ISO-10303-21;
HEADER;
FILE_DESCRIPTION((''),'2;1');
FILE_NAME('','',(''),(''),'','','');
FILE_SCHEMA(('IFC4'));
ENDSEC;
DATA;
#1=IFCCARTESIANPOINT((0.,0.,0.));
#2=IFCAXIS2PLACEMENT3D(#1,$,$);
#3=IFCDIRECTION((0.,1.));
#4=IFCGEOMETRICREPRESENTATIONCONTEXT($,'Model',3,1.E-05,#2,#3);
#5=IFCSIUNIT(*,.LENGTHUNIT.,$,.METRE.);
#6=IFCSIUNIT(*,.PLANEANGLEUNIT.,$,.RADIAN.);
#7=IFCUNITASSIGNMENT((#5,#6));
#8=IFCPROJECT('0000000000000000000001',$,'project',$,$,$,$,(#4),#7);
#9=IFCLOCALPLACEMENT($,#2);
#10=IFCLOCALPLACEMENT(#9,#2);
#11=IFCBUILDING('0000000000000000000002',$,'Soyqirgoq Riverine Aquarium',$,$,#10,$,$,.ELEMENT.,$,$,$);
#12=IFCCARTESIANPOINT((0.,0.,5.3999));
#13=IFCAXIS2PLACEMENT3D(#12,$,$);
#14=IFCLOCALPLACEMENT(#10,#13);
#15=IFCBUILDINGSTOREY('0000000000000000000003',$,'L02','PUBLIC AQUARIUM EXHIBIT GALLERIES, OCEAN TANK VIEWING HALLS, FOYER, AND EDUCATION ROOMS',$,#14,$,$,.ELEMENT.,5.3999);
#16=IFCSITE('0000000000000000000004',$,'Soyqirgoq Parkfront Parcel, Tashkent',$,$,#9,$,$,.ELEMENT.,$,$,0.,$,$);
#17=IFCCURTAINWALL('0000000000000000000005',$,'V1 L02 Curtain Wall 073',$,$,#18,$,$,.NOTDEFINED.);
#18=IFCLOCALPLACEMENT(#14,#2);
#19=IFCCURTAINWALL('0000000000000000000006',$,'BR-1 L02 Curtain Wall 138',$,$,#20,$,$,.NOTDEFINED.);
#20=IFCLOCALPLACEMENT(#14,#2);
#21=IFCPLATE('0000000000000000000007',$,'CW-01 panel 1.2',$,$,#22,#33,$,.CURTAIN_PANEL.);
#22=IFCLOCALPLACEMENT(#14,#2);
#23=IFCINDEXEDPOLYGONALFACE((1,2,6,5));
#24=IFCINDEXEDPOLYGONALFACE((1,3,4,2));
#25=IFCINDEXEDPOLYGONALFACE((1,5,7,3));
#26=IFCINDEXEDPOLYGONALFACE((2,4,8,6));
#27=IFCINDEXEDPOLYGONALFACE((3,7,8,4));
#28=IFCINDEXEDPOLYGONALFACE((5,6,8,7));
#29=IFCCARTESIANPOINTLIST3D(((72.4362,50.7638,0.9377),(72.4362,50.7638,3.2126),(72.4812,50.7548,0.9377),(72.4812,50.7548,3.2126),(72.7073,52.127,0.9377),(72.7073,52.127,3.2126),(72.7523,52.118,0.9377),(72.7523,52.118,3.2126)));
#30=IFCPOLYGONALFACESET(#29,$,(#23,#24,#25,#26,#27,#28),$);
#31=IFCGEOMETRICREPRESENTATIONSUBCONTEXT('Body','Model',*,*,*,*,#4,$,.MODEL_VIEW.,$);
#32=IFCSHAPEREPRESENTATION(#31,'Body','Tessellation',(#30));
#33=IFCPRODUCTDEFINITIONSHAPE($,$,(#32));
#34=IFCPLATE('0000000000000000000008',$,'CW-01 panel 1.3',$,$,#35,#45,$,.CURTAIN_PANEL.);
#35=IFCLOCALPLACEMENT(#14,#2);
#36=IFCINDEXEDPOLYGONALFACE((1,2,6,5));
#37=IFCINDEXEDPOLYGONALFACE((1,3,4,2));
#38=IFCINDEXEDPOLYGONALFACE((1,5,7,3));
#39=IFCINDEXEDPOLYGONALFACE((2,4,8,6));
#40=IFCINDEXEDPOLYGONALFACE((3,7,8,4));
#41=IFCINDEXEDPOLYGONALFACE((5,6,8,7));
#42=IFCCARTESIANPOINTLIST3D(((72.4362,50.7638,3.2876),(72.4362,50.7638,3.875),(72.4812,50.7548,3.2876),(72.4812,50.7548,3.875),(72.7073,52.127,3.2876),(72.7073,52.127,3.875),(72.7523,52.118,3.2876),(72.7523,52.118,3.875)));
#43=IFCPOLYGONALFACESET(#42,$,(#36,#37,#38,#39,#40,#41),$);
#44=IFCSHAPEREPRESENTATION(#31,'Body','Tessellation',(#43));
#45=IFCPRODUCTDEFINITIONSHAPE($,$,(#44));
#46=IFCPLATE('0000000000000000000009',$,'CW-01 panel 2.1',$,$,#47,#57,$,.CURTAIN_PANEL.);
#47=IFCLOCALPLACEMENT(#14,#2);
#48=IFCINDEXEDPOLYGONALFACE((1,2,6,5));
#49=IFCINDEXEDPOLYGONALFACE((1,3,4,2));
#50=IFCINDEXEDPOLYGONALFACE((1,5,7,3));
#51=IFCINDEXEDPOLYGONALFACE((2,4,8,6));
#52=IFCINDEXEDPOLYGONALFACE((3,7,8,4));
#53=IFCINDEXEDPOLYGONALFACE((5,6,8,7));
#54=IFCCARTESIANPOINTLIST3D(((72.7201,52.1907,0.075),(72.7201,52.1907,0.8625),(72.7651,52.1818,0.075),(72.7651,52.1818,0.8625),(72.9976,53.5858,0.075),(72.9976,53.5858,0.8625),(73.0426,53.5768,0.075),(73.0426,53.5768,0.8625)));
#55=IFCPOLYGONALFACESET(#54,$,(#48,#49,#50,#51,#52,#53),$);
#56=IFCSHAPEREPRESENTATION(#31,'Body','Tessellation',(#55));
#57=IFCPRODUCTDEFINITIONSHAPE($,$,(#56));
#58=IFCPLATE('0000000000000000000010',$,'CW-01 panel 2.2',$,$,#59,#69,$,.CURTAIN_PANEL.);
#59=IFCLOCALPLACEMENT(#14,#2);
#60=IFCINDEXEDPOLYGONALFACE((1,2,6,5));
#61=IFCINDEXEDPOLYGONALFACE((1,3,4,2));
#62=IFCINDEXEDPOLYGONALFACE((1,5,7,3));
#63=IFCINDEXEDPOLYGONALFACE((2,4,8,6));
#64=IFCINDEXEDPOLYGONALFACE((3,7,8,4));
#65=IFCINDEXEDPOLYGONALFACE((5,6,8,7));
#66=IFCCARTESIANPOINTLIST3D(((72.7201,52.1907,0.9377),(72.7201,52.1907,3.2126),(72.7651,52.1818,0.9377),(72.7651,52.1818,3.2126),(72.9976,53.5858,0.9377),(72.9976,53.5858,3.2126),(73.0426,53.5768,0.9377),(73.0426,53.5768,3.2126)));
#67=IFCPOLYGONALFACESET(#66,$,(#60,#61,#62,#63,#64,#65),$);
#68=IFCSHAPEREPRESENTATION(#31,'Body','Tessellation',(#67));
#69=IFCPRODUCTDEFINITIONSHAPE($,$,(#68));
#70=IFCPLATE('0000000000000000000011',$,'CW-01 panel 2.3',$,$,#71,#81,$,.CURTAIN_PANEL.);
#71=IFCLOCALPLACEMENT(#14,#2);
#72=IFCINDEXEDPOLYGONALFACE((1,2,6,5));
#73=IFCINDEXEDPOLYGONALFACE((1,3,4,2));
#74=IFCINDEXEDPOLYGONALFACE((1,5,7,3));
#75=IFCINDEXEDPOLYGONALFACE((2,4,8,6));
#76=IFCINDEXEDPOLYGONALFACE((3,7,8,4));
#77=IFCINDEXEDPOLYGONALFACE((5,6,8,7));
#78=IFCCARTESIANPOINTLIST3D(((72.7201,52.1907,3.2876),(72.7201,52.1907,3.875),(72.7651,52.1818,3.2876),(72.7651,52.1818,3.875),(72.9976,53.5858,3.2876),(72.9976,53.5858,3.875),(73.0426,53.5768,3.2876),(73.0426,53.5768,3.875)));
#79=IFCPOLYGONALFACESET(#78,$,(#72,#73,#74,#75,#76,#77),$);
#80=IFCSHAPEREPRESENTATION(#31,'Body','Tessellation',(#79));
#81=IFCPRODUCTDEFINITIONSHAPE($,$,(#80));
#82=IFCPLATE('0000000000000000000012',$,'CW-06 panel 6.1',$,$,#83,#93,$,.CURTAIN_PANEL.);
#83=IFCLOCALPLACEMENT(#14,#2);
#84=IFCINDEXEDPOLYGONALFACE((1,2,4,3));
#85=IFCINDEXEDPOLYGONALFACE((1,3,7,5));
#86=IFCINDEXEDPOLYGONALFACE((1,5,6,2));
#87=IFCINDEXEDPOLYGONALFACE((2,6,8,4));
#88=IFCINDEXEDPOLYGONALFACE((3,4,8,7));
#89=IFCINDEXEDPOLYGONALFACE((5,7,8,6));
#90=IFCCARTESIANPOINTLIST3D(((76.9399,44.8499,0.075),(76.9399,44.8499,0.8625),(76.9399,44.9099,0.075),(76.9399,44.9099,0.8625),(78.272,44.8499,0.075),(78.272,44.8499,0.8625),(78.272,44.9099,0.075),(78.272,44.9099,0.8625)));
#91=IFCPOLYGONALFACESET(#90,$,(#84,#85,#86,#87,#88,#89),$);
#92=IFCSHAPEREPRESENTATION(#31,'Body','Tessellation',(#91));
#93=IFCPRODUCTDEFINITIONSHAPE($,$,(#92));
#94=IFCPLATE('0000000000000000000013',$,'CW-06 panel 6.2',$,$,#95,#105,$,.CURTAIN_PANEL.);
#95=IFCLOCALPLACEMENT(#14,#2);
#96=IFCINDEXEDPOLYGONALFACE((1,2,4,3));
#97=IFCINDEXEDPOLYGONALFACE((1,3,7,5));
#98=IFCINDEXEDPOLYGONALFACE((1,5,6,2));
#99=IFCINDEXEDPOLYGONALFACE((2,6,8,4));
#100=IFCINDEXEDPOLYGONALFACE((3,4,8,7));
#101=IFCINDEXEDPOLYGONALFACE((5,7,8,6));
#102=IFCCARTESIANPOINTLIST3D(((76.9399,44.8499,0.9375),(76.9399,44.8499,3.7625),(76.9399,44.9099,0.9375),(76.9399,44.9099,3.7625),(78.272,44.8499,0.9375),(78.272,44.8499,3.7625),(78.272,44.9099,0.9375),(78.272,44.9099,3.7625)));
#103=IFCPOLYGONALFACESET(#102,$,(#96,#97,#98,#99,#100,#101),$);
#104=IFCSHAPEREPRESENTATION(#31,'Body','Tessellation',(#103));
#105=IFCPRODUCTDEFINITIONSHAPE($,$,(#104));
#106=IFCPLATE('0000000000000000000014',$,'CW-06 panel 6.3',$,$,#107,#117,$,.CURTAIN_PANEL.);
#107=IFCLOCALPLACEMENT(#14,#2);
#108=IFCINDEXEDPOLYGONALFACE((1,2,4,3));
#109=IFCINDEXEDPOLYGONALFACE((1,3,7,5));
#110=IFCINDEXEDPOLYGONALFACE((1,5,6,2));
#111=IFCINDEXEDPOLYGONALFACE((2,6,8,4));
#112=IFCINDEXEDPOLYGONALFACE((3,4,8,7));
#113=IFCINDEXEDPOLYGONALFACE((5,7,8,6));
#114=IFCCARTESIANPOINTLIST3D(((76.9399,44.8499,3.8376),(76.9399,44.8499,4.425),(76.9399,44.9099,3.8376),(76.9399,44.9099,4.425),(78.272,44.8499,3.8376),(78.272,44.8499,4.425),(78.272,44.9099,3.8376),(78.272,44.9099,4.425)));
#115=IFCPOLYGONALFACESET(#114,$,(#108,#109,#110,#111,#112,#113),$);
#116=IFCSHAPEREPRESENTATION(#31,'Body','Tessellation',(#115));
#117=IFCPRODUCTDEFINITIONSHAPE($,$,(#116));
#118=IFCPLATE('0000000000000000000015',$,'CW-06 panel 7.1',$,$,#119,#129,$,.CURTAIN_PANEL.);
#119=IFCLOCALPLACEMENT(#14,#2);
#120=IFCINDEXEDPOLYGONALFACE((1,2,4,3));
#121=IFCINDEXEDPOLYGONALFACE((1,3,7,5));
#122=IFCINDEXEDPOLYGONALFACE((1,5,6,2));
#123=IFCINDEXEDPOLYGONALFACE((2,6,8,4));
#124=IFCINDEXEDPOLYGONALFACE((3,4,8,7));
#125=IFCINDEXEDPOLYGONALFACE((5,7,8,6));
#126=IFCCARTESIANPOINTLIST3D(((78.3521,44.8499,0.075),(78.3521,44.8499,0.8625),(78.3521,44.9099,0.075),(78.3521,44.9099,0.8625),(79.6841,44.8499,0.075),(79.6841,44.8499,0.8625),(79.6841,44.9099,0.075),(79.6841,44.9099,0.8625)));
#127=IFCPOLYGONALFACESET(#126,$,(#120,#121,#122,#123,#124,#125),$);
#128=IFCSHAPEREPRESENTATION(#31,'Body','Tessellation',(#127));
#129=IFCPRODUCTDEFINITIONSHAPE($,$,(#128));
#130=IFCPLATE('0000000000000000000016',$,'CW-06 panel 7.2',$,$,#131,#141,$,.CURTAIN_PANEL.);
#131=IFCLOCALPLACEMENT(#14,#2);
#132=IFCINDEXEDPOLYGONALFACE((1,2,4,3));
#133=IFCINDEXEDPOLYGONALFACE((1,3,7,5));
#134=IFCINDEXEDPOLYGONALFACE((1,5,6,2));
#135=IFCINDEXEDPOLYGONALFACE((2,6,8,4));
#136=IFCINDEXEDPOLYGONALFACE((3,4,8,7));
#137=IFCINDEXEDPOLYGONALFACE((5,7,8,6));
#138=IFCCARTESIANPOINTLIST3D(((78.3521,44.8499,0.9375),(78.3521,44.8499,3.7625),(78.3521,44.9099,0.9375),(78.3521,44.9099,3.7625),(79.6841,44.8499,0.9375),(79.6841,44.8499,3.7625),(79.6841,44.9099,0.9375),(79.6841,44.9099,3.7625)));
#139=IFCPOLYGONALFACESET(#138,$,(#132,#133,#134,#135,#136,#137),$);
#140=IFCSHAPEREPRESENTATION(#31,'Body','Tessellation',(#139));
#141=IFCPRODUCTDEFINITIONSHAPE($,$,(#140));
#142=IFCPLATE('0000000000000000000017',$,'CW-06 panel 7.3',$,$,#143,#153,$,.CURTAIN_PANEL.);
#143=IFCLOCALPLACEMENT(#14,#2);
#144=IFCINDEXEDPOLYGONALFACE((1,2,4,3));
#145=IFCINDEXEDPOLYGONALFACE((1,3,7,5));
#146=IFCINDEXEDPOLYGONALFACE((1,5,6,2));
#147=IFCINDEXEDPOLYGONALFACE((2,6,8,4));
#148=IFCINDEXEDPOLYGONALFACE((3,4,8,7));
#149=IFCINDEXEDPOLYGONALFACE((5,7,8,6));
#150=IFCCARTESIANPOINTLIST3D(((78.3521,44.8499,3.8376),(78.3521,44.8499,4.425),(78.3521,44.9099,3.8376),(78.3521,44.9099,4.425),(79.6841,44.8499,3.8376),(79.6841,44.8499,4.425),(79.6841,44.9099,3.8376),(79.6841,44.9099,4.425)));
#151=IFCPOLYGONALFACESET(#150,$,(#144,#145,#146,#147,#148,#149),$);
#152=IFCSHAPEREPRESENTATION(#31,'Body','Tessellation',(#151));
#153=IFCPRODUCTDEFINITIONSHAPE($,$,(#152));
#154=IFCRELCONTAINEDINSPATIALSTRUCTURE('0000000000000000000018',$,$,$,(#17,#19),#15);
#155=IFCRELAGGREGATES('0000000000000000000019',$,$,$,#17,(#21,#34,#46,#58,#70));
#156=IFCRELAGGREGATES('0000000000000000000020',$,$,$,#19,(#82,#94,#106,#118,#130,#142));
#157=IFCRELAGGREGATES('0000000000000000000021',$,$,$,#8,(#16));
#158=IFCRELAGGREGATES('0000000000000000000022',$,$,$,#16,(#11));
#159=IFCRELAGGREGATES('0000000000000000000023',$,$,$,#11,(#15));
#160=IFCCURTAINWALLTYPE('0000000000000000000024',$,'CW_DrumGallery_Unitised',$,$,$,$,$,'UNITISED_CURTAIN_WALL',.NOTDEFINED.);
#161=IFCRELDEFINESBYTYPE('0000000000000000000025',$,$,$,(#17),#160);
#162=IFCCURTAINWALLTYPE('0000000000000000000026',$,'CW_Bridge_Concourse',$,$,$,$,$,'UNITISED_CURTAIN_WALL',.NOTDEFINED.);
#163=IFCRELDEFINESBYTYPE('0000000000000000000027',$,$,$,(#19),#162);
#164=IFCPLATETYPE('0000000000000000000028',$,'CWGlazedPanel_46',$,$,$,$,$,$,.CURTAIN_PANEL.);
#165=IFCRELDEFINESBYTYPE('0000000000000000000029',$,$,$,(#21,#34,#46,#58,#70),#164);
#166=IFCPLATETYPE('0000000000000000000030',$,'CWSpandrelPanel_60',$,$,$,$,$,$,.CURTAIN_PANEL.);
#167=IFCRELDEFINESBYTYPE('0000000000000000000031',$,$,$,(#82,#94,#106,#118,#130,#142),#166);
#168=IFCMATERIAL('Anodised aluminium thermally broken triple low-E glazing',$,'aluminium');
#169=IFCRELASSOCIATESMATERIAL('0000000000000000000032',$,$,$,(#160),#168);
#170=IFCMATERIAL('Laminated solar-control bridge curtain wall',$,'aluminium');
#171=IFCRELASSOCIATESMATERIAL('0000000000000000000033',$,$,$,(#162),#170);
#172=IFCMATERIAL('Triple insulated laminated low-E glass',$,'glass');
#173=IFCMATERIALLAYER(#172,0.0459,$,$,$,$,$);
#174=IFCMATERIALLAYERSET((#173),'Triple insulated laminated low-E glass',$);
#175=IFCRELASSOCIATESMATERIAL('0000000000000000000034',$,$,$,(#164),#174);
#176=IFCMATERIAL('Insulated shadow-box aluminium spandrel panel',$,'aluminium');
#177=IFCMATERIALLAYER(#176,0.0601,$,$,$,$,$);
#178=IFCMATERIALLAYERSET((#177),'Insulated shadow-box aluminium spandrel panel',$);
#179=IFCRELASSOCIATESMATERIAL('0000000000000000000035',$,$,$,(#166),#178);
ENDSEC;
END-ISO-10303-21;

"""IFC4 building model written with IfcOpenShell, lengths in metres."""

from ifc_helpers import new_model, si_unit, direction, frame, origin, origin_2d, place, context, subcontext, project, spatial, rectangle, extrude, material, layer, layer_set, type_object, element, aggregate, save


model = new_model("IFC4")

# Units and contexts
model_context = context("Model", 3, precision=1e-05, world=origin(), true_north=direction((0.0, 1.0)))
body_context = subcontext(model_context, "Body", "Model", "MODEL_VIEW")
ifc_project = project(units=[si_unit("LENGTHUNIT", "METRE"), si_unit("PLANEANGLEUNIT", "RADIAN")], contexts=[model_context])

# Site, building, storey
site_placement = place(None, origin())
site = spatial("IfcSite", under=ifc_project, at=site_placement, Name="Soyqirgoq Parkfront Parcel, Tashkent", CompositionType="ELEMENT", RefElevation=0.0)
building_placement = place(site_placement, origin())
building = spatial("IfcBuilding", under=site, at=building_placement, Name="Soyqirgoq Riverine Aquarium", CompositionType="ELEMENT")
storey_placement = place(building_placement, frame((0.0, 0.0, 5.3999)))
storey = spatial("IfcBuildingStorey", under=building, at=storey_placement, Name="L02", Description="PUBLIC AQUARIUM EXHIBIT GALLERIES, OCEAN TANK VIEWING HALLS, FOYER, AND EDUCATION ROOMS", CompositionType="ELEMENT", Elevation=5.3999)

# Curtain walls
ifc_material_1 = material(Name="Anodised aluminium thermally broken triple low-E glazing", Category="aluminium")
curtain_wall_type_1 = type_object("IfcCurtainWallType", Name="CW_DrumGallery_Unitised", ElementType="UNITISED_CURTAIN_WALL", PredefinedType="NOTDEFINED", material=ifc_material_1)
curtain_wall_1_placement = place(storey_placement, origin())
curtain_wall_1 = element("IfcCurtainWall", 1, at=curtain_wall_1_placement, inside=storey, type_object=curtain_wall_type_1, Name="V1 L02 Curtain Wall 073", PredefinedType="NOTDEFINED")
ifc_material_2 = material(Name="Laminated solar-control bridge curtain wall", Category="aluminium")
curtain_wall_type_2 = type_object("IfcCurtainWallType", Name="CW_Bridge_Concourse", ElementType="UNITISED_CURTAIN_WALL", PredefinedType="NOTDEFINED", material=ifc_material_2)
curtain_wall_2_placement = place(storey_placement, origin())
curtain_wall_2 = element("IfcCurtainWall", 2, at=curtain_wall_2_placement, inside=storey, type_object=curtain_wall_type_2, Name="BR-1 L02 Curtain Wall 138", PredefinedType="NOTDEFINED")

# Plates
ifc_material_3 = material(Name="Triple insulated laminated low-E glass", Category="glass")
ifc_layer_1 = layer(ifc_material_3, 0.0459)
ifc_layer_set_1 = layer_set([ifc_layer_1], Name="Triple insulated laminated low-E glass")
plate_type_1 = type_object("IfcPlateType", Name="CWGlazedPanel_46", PredefinedType="CURTAIN_PANEL", material=ifc_layer_set_1)
plate_1_placement = place(storey_placement, frame((72.5942, 51.4409, 0.9377), z_axis=(0.0, 0.0, 1.0), x_axis=(0.195088, 0.980786, 0.0)))
plate_1 = element("IfcPlate", 3, at=plate_1_placement, type_object=plate_type_1, Name="CW-01 panel 1.2", PredefinedType="CURTAIN_PANEL", context=body_context, shape_type="SweptSolid", body=[
    extrude(rectangle(XDim=1.3899, YDim=0.0459, at=origin_2d()), origin(), (0.0, 0.0, 1.0), 2.2749),
])
plate_2_placement = place(storey_placement, frame((72.5942, 51.4409, 3.2876), z_axis=(0.0, 0.0, 1.0), x_axis=(0.195088, 0.980786, 0.0)))
plate_2 = element("IfcPlate", 4, at=plate_2_placement, type_object=plate_type_1, Name="CW-01 panel 1.3", PredefinedType="CURTAIN_PANEL", context=body_context, shape_type="SweptSolid", body=[
    extrude(rectangle(XDim=1.3899, YDim=0.0459, at=origin_2d()), origin(), (0.0, 0.0, 1.0), 0.5874),
])
plate_3_placement = place(storey_placement, frame((72.8813, 52.8838, 0.075), z_axis=(0.0, 0.0, 1.0), x_axis=(0.195088, 0.980786, 0.0)))
plate_3 = element("IfcPlate", 5, at=plate_3_placement, type_object=plate_type_1, Name="CW-01 panel 2.1", PredefinedType="CURTAIN_PANEL", context=body_context, shape_type="SweptSolid", body=[
    extrude(rectangle(XDim=1.4224, YDim=0.0459, at=origin_2d()), origin(), (0.0, 0.0, 1.0), 0.7876),
])
plate_4_placement = place(storey_placement, frame((72.8813, 52.8838, 0.9377), z_axis=(0.0, 0.0, 1.0), x_axis=(0.195088, 0.980786, 0.0)))
plate_4 = element("IfcPlate", 6, at=plate_4_placement, type_object=plate_type_1, Name="CW-01 panel 2.2", PredefinedType="CURTAIN_PANEL", context=body_context, shape_type="SweptSolid", body=[
    extrude(rectangle(XDim=1.4224, YDim=0.0459, at=origin_2d()), origin(), (0.0, 0.0, 1.0), 2.2749),
])
plate_5_placement = place(storey_placement, frame((72.8813, 52.8838, 3.2876), z_axis=(0.0, 0.0, 1.0), x_axis=(0.195088, 0.980786, 0.0)))
plate_5 = element("IfcPlate", 7, at=plate_5_placement, type_object=plate_type_1, Name="CW-01 panel 2.3", PredefinedType="CURTAIN_PANEL", context=body_context, shape_type="SweptSolid", body=[
    extrude(rectangle(XDim=1.4224, YDim=0.0459, at=origin_2d()), origin(), (0.0, 0.0, 1.0), 0.5874),
])
aggregate(curtain_wall_1, [plate_1, plate_2, plate_3, plate_4, plate_5])
ifc_material_4 = material(Name="Insulated shadow-box aluminium spandrel panel", Category="aluminium")
ifc_layer_2 = layer(ifc_material_4, 0.0601)
ifc_layer_set_2 = layer_set([ifc_layer_2], Name="Insulated shadow-box aluminium spandrel panel")
plate_type_2 = type_object("IfcPlateType", Name="CWSpandrelPanel_60", PredefinedType="CURTAIN_PANEL", material=ifc_layer_set_2)
plate_6_placement = place(storey_placement, frame((77.606, 44.8799, 0.075), z_axis=(0.0, 0.0, 1.0), x_axis=(1.0, 0.0, 0.0)))
plate_6 = element("IfcPlate", 8, at=plate_6_placement, type_object=plate_type_2, Name="CW-06 panel 6.1", PredefinedType="CURTAIN_PANEL", context=body_context, shape_type="SweptSolid", body=[
    extrude(rectangle(XDim=1.332, YDim=0.0601, at=origin_2d()), origin(), (0.0, 0.0, 1.0), 0.7876),
])
plate_7_placement = place(storey_placement, frame((77.606, 44.8799, 0.9375), z_axis=(0.0, 0.0, 1.0), x_axis=(1.0, 0.0, 0.0)))
plate_7 = element("IfcPlate", 9, at=plate_7_placement, type_object=plate_type_2, Name="CW-06 panel 6.2", PredefinedType="CURTAIN_PANEL", context=body_context, shape_type="SweptSolid", body=[
    extrude(rectangle(XDim=1.332, YDim=0.0601, at=origin_2d()), origin(), (0.0, 0.0, 1.0), 2.825),
])
plate_8_placement = place(storey_placement, frame((77.606, 44.8799, 3.8376), z_axis=(0.0, 0.0, 1.0), x_axis=(1.0, 0.0, 0.0)))
plate_8 = element("IfcPlate", 10, at=plate_8_placement, type_object=plate_type_2, Name="CW-06 panel 6.3", PredefinedType="CURTAIN_PANEL", context=body_context, shape_type="SweptSolid", body=[
    extrude(rectangle(XDim=1.332, YDim=0.0601, at=origin_2d()), origin(), (0.0, 0.0, 1.0), 0.5874),
])
plate_9_placement = place(storey_placement, frame((79.0181, 44.8799, 0.075), z_axis=(0.0, 0.0, 1.0), x_axis=(1.0, 0.0, 0.0)))
plate_9 = element("IfcPlate", 11, at=plate_9_placement, type_object=plate_type_2, Name="CW-06 panel 7.1", PredefinedType="CURTAIN_PANEL", context=body_context, shape_type="SweptSolid", body=[
    extrude(rectangle(XDim=1.332, YDim=0.0601, at=origin_2d()), origin(), (0.0, 0.0, 1.0), 0.7876),
])
plate_10_placement = place(storey_placement, frame((79.0181, 44.8799, 0.9375), z_axis=(0.0, 0.0, 1.0), x_axis=(1.0, 0.0, 0.0)))
plate_10 = element("IfcPlate", 12, at=plate_10_placement, type_object=plate_type_2, Name="CW-06 panel 7.2", PredefinedType="CURTAIN_PANEL", context=body_context, shape_type="SweptSolid", body=[
    extrude(rectangle(XDim=1.332, YDim=0.0601, at=origin_2d()), origin(), (0.0, 0.0, 1.0), 2.825),
])
plate_11_placement = place(storey_placement, frame((79.0181, 44.8799, 3.8376), z_axis=(0.0, 0.0, 1.0), x_axis=(1.0, 0.0, 0.0)))
plate_11 = element("IfcPlate", 13, at=plate_11_placement, type_object=plate_type_2, Name="CW-06 panel 7.3", PredefinedType="CURTAIN_PANEL", context=body_context, shape_type="SweptSolid", body=[
    extrude(rectangle(XDim=1.332, YDim=0.0601, at=origin_2d()), origin(), (0.0, 0.0, 1.0), 0.5874),
])
aggregate(curtain_wall_2, [plate_6, plate_7, plate_8, plate_9, plate_10, plate_11])

save(model, "model.ifc")
